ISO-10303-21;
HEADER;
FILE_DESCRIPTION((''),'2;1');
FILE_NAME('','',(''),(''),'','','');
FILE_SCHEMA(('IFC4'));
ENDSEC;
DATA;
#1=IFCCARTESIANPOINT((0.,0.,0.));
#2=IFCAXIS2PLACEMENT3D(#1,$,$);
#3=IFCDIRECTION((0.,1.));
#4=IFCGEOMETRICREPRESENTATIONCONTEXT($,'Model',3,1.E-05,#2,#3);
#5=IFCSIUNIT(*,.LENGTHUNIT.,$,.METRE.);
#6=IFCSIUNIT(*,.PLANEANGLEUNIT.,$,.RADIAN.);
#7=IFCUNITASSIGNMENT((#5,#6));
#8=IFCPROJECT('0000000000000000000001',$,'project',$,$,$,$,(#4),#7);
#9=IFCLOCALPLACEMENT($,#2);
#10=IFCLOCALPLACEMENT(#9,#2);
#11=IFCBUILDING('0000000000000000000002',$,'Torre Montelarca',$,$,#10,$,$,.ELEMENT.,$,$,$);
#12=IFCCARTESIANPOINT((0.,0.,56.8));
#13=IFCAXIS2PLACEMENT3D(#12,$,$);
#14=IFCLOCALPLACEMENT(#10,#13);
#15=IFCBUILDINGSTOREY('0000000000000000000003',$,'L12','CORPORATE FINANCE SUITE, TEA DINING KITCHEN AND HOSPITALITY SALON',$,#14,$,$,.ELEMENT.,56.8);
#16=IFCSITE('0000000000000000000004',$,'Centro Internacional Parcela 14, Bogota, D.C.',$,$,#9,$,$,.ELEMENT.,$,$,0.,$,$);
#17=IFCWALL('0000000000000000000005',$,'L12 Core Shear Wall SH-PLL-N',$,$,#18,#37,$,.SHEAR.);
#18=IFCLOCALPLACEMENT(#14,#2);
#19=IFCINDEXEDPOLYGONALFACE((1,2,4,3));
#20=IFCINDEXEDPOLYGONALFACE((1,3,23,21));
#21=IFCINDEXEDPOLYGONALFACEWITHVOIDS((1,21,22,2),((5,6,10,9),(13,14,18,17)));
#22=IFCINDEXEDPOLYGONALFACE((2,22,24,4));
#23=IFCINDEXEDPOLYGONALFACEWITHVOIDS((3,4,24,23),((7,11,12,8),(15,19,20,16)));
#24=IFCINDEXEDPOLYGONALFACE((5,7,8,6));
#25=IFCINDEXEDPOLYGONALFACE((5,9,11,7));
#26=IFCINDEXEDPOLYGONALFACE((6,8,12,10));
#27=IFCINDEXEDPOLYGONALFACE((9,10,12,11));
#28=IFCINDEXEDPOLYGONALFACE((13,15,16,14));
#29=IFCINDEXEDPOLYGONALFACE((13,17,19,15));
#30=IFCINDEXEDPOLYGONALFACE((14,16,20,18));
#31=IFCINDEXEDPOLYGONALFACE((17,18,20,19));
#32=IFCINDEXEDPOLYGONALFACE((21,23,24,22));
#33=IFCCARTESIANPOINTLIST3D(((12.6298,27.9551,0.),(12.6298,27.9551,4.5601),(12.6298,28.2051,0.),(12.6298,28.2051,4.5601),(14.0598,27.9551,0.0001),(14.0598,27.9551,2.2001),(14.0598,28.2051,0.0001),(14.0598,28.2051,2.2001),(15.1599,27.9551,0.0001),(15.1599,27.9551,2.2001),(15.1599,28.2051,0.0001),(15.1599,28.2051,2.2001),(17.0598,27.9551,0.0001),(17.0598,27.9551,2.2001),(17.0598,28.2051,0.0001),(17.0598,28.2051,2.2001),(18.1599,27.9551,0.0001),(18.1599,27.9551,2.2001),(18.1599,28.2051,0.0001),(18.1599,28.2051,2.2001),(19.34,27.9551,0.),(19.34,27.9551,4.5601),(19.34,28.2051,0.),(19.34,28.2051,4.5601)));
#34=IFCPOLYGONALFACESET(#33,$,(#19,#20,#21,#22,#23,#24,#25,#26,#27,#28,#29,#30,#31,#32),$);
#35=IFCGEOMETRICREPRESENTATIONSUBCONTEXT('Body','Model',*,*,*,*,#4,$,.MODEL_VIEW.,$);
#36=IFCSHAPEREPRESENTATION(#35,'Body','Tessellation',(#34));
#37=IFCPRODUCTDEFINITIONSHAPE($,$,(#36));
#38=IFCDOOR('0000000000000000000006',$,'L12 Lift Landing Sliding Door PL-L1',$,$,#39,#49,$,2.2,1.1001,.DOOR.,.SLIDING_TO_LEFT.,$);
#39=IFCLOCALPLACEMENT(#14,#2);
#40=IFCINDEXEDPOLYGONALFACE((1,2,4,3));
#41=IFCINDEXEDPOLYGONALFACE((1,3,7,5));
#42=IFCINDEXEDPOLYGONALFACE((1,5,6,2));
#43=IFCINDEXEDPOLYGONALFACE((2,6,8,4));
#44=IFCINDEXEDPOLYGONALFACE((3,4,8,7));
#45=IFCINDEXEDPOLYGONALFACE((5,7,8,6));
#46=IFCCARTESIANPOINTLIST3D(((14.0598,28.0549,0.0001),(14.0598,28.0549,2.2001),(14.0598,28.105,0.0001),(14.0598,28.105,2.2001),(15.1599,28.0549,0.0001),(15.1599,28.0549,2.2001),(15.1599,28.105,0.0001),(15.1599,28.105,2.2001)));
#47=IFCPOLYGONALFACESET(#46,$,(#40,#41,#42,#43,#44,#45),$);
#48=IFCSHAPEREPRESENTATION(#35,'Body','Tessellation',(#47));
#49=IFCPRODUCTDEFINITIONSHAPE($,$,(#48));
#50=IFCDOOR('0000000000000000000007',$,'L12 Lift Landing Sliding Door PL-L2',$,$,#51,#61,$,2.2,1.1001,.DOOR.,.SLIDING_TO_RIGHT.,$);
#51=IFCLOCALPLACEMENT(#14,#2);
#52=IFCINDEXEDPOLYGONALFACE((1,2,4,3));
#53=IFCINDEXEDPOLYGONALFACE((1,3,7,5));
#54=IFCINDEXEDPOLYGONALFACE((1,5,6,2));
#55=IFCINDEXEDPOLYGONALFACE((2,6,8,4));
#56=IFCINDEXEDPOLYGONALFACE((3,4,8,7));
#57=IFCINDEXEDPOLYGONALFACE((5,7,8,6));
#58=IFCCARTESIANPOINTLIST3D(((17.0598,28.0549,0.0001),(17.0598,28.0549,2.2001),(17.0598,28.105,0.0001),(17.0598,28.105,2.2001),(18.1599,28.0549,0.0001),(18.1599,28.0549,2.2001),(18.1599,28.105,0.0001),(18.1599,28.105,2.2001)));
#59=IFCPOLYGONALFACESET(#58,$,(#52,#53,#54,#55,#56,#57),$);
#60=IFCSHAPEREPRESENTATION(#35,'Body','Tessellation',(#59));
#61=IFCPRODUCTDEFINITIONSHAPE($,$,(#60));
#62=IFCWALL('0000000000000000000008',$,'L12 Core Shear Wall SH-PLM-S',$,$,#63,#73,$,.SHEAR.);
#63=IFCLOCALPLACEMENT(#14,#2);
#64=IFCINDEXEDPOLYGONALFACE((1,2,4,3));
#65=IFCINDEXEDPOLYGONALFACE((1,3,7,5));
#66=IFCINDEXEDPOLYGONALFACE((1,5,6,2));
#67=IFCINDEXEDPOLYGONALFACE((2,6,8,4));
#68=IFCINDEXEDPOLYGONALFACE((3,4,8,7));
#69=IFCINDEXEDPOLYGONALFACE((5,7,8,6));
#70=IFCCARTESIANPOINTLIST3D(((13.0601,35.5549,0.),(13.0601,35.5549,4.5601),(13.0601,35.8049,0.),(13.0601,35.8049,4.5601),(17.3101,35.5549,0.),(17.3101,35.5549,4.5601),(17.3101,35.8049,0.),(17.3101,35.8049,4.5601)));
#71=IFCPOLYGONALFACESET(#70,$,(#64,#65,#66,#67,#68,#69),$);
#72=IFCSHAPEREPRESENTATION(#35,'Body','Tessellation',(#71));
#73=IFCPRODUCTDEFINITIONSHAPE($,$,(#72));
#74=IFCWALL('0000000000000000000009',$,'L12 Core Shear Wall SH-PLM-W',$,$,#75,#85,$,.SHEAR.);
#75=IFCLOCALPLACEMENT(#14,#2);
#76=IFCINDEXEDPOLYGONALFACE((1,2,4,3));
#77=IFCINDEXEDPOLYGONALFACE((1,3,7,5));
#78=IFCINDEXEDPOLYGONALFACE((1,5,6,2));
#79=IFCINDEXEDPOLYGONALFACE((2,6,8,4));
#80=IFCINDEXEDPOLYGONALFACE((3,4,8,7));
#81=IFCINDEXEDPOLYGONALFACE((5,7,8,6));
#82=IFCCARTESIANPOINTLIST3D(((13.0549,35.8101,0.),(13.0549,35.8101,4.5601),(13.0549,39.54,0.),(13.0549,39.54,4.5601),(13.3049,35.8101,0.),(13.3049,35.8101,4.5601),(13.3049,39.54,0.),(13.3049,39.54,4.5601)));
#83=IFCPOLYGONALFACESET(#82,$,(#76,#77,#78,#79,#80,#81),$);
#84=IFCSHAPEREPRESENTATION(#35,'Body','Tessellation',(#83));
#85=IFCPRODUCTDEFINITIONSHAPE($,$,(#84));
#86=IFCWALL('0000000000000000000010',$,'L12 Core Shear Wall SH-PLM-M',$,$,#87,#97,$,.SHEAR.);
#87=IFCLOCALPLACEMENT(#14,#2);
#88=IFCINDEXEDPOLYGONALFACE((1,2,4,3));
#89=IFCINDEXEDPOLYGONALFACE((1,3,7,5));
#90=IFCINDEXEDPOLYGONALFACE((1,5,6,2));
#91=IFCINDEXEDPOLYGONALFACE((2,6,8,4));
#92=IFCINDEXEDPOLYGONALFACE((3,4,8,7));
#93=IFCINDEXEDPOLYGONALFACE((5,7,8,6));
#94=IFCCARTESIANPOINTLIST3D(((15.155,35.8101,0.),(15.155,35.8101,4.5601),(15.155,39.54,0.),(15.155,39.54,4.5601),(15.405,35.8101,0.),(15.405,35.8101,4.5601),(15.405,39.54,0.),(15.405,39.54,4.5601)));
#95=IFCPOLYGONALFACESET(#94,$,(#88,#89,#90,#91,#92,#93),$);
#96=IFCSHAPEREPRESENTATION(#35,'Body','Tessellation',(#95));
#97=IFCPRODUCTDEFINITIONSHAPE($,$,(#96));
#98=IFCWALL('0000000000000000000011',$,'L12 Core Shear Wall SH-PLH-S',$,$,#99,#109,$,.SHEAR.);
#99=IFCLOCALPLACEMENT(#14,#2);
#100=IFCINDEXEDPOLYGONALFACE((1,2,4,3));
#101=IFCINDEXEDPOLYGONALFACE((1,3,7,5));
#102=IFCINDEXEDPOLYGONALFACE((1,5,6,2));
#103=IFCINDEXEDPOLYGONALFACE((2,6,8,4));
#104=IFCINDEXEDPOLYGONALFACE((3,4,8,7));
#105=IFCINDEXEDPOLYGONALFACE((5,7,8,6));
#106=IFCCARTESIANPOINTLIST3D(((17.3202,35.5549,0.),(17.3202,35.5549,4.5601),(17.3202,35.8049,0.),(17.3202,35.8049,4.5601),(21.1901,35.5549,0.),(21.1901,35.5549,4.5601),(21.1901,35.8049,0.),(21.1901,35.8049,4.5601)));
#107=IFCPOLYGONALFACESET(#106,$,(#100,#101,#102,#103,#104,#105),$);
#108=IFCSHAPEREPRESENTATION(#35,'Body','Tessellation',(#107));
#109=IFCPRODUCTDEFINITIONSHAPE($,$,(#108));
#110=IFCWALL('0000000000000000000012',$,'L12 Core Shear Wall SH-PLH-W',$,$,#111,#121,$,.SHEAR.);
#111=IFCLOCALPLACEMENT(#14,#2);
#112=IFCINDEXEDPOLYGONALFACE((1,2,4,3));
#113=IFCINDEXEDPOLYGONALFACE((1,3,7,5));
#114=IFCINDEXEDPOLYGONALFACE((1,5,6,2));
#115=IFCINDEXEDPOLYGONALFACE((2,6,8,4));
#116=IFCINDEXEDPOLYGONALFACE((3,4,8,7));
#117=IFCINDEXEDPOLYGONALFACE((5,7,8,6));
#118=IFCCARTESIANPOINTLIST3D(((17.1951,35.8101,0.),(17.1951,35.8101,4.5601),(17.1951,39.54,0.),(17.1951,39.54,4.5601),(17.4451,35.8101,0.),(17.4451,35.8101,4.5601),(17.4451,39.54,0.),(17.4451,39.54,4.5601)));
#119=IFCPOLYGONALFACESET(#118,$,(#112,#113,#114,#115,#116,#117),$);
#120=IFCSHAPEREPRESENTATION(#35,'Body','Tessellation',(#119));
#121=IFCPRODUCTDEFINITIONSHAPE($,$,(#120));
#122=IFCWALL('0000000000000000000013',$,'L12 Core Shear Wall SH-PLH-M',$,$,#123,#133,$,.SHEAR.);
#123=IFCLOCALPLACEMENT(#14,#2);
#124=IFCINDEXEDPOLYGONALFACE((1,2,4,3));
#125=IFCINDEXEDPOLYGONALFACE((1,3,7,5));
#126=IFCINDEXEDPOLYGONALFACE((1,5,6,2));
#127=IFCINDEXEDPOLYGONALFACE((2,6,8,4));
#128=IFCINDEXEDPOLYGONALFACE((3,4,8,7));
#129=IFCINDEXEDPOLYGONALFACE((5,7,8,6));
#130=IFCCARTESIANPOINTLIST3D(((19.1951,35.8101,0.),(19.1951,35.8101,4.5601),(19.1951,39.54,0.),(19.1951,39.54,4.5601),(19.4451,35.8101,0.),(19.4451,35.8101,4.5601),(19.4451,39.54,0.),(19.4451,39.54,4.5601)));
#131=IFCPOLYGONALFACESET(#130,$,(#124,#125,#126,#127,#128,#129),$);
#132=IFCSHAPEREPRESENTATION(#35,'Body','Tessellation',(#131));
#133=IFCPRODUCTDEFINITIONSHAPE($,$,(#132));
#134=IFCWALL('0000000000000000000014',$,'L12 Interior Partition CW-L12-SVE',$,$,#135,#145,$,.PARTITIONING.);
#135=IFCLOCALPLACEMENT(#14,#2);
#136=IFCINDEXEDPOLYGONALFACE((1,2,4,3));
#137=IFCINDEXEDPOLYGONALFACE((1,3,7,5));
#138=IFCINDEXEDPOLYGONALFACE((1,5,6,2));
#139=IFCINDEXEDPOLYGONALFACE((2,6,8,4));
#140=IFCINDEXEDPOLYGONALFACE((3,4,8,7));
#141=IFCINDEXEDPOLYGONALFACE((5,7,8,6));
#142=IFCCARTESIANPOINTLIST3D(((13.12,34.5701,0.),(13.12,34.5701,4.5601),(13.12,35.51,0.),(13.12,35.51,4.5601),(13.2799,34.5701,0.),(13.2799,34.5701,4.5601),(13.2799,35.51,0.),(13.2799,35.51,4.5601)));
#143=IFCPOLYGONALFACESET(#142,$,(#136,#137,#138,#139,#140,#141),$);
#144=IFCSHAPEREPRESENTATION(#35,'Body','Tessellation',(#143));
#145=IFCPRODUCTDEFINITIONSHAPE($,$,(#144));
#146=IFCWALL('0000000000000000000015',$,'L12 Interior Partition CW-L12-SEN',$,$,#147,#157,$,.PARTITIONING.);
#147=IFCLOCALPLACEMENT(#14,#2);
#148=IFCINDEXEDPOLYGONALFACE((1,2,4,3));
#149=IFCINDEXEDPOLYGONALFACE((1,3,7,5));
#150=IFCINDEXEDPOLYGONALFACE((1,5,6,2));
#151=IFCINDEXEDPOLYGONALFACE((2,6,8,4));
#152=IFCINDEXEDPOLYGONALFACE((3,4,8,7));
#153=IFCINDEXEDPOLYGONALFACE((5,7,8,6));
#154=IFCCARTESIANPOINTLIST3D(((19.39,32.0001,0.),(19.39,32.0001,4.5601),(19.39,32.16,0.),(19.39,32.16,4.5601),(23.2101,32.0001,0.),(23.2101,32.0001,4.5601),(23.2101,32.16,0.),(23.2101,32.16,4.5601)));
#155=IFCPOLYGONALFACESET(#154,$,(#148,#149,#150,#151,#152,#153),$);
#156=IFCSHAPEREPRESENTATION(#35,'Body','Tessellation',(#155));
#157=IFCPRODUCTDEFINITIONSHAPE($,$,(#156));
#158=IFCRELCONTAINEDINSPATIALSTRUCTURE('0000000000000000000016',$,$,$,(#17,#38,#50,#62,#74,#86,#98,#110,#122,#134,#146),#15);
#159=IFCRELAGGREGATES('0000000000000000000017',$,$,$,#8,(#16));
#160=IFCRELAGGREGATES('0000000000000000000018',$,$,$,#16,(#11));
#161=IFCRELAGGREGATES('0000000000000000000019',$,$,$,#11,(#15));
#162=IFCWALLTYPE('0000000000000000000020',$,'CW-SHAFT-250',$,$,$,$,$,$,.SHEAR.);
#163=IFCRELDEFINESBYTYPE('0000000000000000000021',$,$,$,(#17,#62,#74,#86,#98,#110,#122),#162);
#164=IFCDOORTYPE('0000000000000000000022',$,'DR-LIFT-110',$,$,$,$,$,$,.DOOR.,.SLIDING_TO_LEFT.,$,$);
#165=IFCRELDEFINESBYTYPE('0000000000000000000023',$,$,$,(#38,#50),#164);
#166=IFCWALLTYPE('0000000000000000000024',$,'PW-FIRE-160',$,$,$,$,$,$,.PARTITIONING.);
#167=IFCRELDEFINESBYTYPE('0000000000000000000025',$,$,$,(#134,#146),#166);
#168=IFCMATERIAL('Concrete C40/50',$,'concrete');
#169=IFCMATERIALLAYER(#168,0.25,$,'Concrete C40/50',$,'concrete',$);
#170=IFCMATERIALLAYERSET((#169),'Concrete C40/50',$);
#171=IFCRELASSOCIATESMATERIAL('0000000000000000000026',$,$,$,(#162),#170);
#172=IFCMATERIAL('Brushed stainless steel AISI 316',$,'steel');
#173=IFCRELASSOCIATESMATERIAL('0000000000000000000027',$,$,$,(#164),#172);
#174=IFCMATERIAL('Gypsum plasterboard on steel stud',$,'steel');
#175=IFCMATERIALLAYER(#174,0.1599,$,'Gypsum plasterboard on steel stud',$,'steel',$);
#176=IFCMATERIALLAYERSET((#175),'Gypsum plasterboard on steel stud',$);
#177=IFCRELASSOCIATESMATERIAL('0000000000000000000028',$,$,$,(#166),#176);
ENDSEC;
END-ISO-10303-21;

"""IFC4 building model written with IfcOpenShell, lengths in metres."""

from ifc_helpers import new_model, si_unit, direction, frame, frame_2d, origin, place, context, subcontext, project, spatial, rectangle, extrude, source, transform, mapped, material, layer, layer_set, type_object, element, fill, save


model = new_model("IFC4")

# Units and contexts
model_context = context("Model", 3, precision=1e-05, world=origin(), true_north=direction((0.0, 1.0)))
body_context = subcontext(model_context, "Body", "Model", "MODEL_VIEW")
ifc_project = project(units=[si_unit("LENGTHUNIT", "METRE"), si_unit("PLANEANGLEUNIT", "RADIAN")], contexts=[model_context])

# Site, building, storey
site_placement = place(None, origin())
site = spatial("IfcSite", under=ifc_project, at=site_placement, Name="Centro Internacional Parcela 14, Bogota, D.C.", CompositionType="ELEMENT", RefElevation=0.0)
building_placement = place(site_placement, origin())
building = spatial("IfcBuilding", under=site, at=building_placement, Name="Torre Montelarca", CompositionType="ELEMENT")
storey_placement = place(building_placement, frame((0.0, 0.0, 56.8)))
storey = spatial("IfcBuildingStorey", under=building, at=storey_placement, Name="L12", Description="CORPORATE FINANCE SUITE, TEA DINING KITCHEN AND HOSPITALITY SALON", CompositionType="ELEMENT", Elevation=56.8)

# Shared definitions
ifc_material_1 = material(Name="Concrete C40/50", Category="concrete")
ifc_layer_1 = layer(ifc_material_1, 0.25, Name="Concrete C40/50", Category="concrete")
ifc_layer_set_1 = layer_set([ifc_layer_1], Name="Concrete C40/50")
wall_type_1 = type_object("IfcWallType", Name="CW-SHAFT-250", PredefinedType="SHEAR", material=ifc_layer_set_1)

# Wall, openings, doors
ifc_material_2 = material(Name="Brushed stainless steel AISI 316", Category="steel")
wall_1_placement = place(storey_placement, frame((12.6299, 28.0801, 0.0), z_axis=(0.0, 0.0, 1.0), x_axis=(1.0, 0.0, 0.0)))
wall_1 = element("IfcWall", 1, at=wall_1_placement, inside=storey, type_object=wall_type_1, Name="L12 Core Shear Wall SH-PLL-N", PredefinedType="SHEAR", context=body_context, shape_type="SweptSolid", body=[
    extrude(rectangle(XDim=6.7102, YDim=0.25, at=frame_2d((3.355, 0.0))), origin(), (0.0, 0.0, 1.0), 4.5601),
])
opening_1_placement = place(wall_1_placement, frame((1.4299, 0.0, 0.0)))
opening_1 = element("IfcOpeningElement", 2, at=opening_1_placement, cuts=wall_1, PredefinedType="OPENING", context=body_context, shape_type="SweptSolid", body=[
    extrude(rectangle(XDim=1.1001, YDim=2.2, at=frame_2d((0.55, 1.1001))), frame((0.0, 0.135, 0.0), z_axis=(0.0, -1.0, 0.0), x_axis=(1.0, 0.0, 0.0)), (0.0, 0.0, 1.0), 0.27),
])
opening_2_placement = place(wall_1_placement, frame((4.4299, 0.0, 0.0)))
opening_2 = element("IfcOpeningElement", 3, at=opening_2_placement, cuts=wall_1, PredefinedType="OPENING", context=body_context, shape_type="SweptSolid", body=[
    extrude(rectangle(XDim=1.1001, YDim=2.2, at=frame_2d((0.55, 1.1001))), frame((0.0, 0.135, 0.0), z_axis=(0.0, -1.0, 0.0), x_axis=(1.0, 0.0, 0.0)), (0.0, 0.0, 1.0), 0.27),
])
door_type_1 = type_object("IfcDoorType", Name="DR-LIFT-110", OperationType="SLIDING_TO_LEFT", PredefinedType="DOOR", material=ifc_material_2)
shared_shape_1 = source(origin(), body_context, "Body", "SweptSolid", [
    extrude(rectangle(XDim=1.1001, YDim=2.2, at=frame_2d((0.55, 1.1001))), frame((0.0, 0.0249, 0.0), z_axis=(0.0, -1.0, 0.0), x_axis=(1.0, 0.0, 0.0)), (0.0, 0.0, 1.0), 0.05),
])
door_1_placement = place(opening_1_placement, origin())
door_1 = element("IfcDoor", 4, at=door_1_placement, inside=storey, type_object=door_type_1, Name="L12 Lift Landing Sliding Door PL-L1", OperationType="SLIDING_TO_LEFT", OverallHeight=2.2, OverallWidth=1.1001, PredefinedType="DOOR", context=body_context, shape_type="MappedRepresentation", body=[
    mapped(shared_shape_1, transform((0.0, 0.0, 0.0), scale=1.0)),
])
fill(opening_1, door_1)
door_2_placement = place(opening_2_placement, origin())
door_2 = element("IfcDoor", 5, at=door_2_placement, inside=storey, type_object=door_type_1, Name="L12 Lift Landing Sliding Door PL-L2", OperationType="SLIDING_TO_RIGHT", OverallHeight=2.2, OverallWidth=1.1001, PredefinedType="DOOR", context=body_context, shape_type="MappedRepresentation", body=[
    mapped(shared_shape_1, transform((0.0, 0.0, 0.0), scale=1.0)),
])
fill(opening_2, door_2)

# Walls
wall_2_placement = place(storey_placement, frame((13.0601, 35.6799, 0.0), z_axis=(0.0, 0.0, 1.0), x_axis=(1.0, 0.0, 0.0)))
element("IfcWall", 6, at=wall_2_placement, inside=storey, type_object=wall_type_1, Name="L12 Core Shear Wall SH-PLM-S", PredefinedType="SHEAR", context=body_context, shape_type="SweptSolid", body=[
    extrude(rectangle(XDim=4.25, YDim=0.25, at=frame_2d((2.125, 0.0))), origin(), (0.0, 0.0, 1.0), 4.5601),
])
for number, where, z_axis, x_axis, name in (
    (7, (13.1799, 35.8101, 0.0), (0.0, 0.0, 1.0), (0.0, 1.0, 0.0), "L12 Core Shear Wall SH-PLM-W"),
    (8, (15.28, 35.8101, 0.0), (0.0, 0.0, 1.0), (0.0, 1.0, 0.0), "L12 Core Shear Wall SH-PLM-M"),
):
    element("IfcWall", number, at=place(storey_placement, frame(where, z_axis=z_axis, x_axis=x_axis)), inside=storey, type_object=wall_type_1, Name=name, PredefinedType="SHEAR", context=body_context, shape_type="SweptSolid", body=[
        extrude(rectangle(XDim=3.73, YDim=0.25, at=frame_2d((1.865, 0.0))), origin(), (0.0, 0.0, 1.0), 4.5601),
    ])
wall_3_placement = place(storey_placement, frame((17.3201, 35.6799, 0.0), z_axis=(0.0, 0.0, 1.0), x_axis=(1.0, 0.0, 0.0)))
element("IfcWall", 9, at=wall_3_placement, inside=storey, type_object=wall_type_1, Name="L12 Core Shear Wall SH-PLH-S", PredefinedType="SHEAR", context=body_context, shape_type="SweptSolid", body=[
    extrude(rectangle(XDim=3.8699, YDim=0.25, at=frame_2d((1.9351, 0.0))), origin(), (0.0, 0.0, 1.0), 4.5601),
])
for number, where, z_axis, x_axis, name in (
    (10, (17.3201, 35.8101, 0.0), (0.0, 0.0, 1.0), (0.0, 1.0, 0.0), "L12 Core Shear Wall SH-PLH-W"),
    (11, (19.3201, 35.8101, 0.0), (0.0, 0.0, 1.0), (0.0, 1.0, 0.0), "L12 Core Shear Wall SH-PLH-M"),
):
    element("IfcWall", number, at=place(storey_placement, frame(where, z_axis=z_axis, x_axis=x_axis)), inside=storey, type_object=wall_type_1, Name=name, PredefinedType="SHEAR", context=body_context, shape_type="SweptSolid", body=[
        extrude(rectangle(XDim=3.73, YDim=0.25, at=frame_2d((1.865, 0.0))), origin(), (0.0, 0.0, 1.0), 4.5601),
    ])
ifc_material_3 = material(Name="Gypsum plasterboard on steel stud", Category="steel")
ifc_layer_2 = layer(ifc_material_3, 0.1599, Name="Gypsum plasterboard on steel stud", Category="steel")
ifc_layer_set_2 = layer_set([ifc_layer_2], Name="Gypsum plasterboard on steel stud")
wall_type_2 = type_object("IfcWallType", Name="PW-FIRE-160", PredefinedType="PARTITIONING", material=ifc_layer_set_2)
wall_4_placement = place(storey_placement, frame((13.2, 34.5701, 0.0), z_axis=(0.0, 0.0, 1.0), x_axis=(0.0, 1.0, 0.0)))
element("IfcWall", 12, at=wall_4_placement, inside=storey, type_object=wall_type_2, Name="L12 Interior Partition CW-L12-SVE", PredefinedType="PARTITIONING", context=body_context, shape_type="SweptSolid", body=[
    extrude(rectangle(XDim=0.9399, YDim=0.1599, at=frame_2d((0.47, 0.0))), origin(), (0.0, 0.0, 1.0), 4.5601),
])
wall_5_placement = place(storey_placement, frame((19.3899, 32.0801, 0.0), z_axis=(0.0, 0.0, 1.0), x_axis=(1.0, 0.0, 0.0)))
element("IfcWall", 13, at=wall_5_placement, inside=storey, type_object=wall_type_2, Name="L12 Interior Partition CW-L12-SEN", PredefinedType="PARTITIONING", context=body_context, shape_type="SweptSolid", body=[
    extrude(rectangle(XDim=3.8201, YDim=0.1599, at=frame_2d((1.9102, 0.0))), origin(), (0.0, 0.0, 1.0), 4.5601),
])

save(model, "model.ifc")
